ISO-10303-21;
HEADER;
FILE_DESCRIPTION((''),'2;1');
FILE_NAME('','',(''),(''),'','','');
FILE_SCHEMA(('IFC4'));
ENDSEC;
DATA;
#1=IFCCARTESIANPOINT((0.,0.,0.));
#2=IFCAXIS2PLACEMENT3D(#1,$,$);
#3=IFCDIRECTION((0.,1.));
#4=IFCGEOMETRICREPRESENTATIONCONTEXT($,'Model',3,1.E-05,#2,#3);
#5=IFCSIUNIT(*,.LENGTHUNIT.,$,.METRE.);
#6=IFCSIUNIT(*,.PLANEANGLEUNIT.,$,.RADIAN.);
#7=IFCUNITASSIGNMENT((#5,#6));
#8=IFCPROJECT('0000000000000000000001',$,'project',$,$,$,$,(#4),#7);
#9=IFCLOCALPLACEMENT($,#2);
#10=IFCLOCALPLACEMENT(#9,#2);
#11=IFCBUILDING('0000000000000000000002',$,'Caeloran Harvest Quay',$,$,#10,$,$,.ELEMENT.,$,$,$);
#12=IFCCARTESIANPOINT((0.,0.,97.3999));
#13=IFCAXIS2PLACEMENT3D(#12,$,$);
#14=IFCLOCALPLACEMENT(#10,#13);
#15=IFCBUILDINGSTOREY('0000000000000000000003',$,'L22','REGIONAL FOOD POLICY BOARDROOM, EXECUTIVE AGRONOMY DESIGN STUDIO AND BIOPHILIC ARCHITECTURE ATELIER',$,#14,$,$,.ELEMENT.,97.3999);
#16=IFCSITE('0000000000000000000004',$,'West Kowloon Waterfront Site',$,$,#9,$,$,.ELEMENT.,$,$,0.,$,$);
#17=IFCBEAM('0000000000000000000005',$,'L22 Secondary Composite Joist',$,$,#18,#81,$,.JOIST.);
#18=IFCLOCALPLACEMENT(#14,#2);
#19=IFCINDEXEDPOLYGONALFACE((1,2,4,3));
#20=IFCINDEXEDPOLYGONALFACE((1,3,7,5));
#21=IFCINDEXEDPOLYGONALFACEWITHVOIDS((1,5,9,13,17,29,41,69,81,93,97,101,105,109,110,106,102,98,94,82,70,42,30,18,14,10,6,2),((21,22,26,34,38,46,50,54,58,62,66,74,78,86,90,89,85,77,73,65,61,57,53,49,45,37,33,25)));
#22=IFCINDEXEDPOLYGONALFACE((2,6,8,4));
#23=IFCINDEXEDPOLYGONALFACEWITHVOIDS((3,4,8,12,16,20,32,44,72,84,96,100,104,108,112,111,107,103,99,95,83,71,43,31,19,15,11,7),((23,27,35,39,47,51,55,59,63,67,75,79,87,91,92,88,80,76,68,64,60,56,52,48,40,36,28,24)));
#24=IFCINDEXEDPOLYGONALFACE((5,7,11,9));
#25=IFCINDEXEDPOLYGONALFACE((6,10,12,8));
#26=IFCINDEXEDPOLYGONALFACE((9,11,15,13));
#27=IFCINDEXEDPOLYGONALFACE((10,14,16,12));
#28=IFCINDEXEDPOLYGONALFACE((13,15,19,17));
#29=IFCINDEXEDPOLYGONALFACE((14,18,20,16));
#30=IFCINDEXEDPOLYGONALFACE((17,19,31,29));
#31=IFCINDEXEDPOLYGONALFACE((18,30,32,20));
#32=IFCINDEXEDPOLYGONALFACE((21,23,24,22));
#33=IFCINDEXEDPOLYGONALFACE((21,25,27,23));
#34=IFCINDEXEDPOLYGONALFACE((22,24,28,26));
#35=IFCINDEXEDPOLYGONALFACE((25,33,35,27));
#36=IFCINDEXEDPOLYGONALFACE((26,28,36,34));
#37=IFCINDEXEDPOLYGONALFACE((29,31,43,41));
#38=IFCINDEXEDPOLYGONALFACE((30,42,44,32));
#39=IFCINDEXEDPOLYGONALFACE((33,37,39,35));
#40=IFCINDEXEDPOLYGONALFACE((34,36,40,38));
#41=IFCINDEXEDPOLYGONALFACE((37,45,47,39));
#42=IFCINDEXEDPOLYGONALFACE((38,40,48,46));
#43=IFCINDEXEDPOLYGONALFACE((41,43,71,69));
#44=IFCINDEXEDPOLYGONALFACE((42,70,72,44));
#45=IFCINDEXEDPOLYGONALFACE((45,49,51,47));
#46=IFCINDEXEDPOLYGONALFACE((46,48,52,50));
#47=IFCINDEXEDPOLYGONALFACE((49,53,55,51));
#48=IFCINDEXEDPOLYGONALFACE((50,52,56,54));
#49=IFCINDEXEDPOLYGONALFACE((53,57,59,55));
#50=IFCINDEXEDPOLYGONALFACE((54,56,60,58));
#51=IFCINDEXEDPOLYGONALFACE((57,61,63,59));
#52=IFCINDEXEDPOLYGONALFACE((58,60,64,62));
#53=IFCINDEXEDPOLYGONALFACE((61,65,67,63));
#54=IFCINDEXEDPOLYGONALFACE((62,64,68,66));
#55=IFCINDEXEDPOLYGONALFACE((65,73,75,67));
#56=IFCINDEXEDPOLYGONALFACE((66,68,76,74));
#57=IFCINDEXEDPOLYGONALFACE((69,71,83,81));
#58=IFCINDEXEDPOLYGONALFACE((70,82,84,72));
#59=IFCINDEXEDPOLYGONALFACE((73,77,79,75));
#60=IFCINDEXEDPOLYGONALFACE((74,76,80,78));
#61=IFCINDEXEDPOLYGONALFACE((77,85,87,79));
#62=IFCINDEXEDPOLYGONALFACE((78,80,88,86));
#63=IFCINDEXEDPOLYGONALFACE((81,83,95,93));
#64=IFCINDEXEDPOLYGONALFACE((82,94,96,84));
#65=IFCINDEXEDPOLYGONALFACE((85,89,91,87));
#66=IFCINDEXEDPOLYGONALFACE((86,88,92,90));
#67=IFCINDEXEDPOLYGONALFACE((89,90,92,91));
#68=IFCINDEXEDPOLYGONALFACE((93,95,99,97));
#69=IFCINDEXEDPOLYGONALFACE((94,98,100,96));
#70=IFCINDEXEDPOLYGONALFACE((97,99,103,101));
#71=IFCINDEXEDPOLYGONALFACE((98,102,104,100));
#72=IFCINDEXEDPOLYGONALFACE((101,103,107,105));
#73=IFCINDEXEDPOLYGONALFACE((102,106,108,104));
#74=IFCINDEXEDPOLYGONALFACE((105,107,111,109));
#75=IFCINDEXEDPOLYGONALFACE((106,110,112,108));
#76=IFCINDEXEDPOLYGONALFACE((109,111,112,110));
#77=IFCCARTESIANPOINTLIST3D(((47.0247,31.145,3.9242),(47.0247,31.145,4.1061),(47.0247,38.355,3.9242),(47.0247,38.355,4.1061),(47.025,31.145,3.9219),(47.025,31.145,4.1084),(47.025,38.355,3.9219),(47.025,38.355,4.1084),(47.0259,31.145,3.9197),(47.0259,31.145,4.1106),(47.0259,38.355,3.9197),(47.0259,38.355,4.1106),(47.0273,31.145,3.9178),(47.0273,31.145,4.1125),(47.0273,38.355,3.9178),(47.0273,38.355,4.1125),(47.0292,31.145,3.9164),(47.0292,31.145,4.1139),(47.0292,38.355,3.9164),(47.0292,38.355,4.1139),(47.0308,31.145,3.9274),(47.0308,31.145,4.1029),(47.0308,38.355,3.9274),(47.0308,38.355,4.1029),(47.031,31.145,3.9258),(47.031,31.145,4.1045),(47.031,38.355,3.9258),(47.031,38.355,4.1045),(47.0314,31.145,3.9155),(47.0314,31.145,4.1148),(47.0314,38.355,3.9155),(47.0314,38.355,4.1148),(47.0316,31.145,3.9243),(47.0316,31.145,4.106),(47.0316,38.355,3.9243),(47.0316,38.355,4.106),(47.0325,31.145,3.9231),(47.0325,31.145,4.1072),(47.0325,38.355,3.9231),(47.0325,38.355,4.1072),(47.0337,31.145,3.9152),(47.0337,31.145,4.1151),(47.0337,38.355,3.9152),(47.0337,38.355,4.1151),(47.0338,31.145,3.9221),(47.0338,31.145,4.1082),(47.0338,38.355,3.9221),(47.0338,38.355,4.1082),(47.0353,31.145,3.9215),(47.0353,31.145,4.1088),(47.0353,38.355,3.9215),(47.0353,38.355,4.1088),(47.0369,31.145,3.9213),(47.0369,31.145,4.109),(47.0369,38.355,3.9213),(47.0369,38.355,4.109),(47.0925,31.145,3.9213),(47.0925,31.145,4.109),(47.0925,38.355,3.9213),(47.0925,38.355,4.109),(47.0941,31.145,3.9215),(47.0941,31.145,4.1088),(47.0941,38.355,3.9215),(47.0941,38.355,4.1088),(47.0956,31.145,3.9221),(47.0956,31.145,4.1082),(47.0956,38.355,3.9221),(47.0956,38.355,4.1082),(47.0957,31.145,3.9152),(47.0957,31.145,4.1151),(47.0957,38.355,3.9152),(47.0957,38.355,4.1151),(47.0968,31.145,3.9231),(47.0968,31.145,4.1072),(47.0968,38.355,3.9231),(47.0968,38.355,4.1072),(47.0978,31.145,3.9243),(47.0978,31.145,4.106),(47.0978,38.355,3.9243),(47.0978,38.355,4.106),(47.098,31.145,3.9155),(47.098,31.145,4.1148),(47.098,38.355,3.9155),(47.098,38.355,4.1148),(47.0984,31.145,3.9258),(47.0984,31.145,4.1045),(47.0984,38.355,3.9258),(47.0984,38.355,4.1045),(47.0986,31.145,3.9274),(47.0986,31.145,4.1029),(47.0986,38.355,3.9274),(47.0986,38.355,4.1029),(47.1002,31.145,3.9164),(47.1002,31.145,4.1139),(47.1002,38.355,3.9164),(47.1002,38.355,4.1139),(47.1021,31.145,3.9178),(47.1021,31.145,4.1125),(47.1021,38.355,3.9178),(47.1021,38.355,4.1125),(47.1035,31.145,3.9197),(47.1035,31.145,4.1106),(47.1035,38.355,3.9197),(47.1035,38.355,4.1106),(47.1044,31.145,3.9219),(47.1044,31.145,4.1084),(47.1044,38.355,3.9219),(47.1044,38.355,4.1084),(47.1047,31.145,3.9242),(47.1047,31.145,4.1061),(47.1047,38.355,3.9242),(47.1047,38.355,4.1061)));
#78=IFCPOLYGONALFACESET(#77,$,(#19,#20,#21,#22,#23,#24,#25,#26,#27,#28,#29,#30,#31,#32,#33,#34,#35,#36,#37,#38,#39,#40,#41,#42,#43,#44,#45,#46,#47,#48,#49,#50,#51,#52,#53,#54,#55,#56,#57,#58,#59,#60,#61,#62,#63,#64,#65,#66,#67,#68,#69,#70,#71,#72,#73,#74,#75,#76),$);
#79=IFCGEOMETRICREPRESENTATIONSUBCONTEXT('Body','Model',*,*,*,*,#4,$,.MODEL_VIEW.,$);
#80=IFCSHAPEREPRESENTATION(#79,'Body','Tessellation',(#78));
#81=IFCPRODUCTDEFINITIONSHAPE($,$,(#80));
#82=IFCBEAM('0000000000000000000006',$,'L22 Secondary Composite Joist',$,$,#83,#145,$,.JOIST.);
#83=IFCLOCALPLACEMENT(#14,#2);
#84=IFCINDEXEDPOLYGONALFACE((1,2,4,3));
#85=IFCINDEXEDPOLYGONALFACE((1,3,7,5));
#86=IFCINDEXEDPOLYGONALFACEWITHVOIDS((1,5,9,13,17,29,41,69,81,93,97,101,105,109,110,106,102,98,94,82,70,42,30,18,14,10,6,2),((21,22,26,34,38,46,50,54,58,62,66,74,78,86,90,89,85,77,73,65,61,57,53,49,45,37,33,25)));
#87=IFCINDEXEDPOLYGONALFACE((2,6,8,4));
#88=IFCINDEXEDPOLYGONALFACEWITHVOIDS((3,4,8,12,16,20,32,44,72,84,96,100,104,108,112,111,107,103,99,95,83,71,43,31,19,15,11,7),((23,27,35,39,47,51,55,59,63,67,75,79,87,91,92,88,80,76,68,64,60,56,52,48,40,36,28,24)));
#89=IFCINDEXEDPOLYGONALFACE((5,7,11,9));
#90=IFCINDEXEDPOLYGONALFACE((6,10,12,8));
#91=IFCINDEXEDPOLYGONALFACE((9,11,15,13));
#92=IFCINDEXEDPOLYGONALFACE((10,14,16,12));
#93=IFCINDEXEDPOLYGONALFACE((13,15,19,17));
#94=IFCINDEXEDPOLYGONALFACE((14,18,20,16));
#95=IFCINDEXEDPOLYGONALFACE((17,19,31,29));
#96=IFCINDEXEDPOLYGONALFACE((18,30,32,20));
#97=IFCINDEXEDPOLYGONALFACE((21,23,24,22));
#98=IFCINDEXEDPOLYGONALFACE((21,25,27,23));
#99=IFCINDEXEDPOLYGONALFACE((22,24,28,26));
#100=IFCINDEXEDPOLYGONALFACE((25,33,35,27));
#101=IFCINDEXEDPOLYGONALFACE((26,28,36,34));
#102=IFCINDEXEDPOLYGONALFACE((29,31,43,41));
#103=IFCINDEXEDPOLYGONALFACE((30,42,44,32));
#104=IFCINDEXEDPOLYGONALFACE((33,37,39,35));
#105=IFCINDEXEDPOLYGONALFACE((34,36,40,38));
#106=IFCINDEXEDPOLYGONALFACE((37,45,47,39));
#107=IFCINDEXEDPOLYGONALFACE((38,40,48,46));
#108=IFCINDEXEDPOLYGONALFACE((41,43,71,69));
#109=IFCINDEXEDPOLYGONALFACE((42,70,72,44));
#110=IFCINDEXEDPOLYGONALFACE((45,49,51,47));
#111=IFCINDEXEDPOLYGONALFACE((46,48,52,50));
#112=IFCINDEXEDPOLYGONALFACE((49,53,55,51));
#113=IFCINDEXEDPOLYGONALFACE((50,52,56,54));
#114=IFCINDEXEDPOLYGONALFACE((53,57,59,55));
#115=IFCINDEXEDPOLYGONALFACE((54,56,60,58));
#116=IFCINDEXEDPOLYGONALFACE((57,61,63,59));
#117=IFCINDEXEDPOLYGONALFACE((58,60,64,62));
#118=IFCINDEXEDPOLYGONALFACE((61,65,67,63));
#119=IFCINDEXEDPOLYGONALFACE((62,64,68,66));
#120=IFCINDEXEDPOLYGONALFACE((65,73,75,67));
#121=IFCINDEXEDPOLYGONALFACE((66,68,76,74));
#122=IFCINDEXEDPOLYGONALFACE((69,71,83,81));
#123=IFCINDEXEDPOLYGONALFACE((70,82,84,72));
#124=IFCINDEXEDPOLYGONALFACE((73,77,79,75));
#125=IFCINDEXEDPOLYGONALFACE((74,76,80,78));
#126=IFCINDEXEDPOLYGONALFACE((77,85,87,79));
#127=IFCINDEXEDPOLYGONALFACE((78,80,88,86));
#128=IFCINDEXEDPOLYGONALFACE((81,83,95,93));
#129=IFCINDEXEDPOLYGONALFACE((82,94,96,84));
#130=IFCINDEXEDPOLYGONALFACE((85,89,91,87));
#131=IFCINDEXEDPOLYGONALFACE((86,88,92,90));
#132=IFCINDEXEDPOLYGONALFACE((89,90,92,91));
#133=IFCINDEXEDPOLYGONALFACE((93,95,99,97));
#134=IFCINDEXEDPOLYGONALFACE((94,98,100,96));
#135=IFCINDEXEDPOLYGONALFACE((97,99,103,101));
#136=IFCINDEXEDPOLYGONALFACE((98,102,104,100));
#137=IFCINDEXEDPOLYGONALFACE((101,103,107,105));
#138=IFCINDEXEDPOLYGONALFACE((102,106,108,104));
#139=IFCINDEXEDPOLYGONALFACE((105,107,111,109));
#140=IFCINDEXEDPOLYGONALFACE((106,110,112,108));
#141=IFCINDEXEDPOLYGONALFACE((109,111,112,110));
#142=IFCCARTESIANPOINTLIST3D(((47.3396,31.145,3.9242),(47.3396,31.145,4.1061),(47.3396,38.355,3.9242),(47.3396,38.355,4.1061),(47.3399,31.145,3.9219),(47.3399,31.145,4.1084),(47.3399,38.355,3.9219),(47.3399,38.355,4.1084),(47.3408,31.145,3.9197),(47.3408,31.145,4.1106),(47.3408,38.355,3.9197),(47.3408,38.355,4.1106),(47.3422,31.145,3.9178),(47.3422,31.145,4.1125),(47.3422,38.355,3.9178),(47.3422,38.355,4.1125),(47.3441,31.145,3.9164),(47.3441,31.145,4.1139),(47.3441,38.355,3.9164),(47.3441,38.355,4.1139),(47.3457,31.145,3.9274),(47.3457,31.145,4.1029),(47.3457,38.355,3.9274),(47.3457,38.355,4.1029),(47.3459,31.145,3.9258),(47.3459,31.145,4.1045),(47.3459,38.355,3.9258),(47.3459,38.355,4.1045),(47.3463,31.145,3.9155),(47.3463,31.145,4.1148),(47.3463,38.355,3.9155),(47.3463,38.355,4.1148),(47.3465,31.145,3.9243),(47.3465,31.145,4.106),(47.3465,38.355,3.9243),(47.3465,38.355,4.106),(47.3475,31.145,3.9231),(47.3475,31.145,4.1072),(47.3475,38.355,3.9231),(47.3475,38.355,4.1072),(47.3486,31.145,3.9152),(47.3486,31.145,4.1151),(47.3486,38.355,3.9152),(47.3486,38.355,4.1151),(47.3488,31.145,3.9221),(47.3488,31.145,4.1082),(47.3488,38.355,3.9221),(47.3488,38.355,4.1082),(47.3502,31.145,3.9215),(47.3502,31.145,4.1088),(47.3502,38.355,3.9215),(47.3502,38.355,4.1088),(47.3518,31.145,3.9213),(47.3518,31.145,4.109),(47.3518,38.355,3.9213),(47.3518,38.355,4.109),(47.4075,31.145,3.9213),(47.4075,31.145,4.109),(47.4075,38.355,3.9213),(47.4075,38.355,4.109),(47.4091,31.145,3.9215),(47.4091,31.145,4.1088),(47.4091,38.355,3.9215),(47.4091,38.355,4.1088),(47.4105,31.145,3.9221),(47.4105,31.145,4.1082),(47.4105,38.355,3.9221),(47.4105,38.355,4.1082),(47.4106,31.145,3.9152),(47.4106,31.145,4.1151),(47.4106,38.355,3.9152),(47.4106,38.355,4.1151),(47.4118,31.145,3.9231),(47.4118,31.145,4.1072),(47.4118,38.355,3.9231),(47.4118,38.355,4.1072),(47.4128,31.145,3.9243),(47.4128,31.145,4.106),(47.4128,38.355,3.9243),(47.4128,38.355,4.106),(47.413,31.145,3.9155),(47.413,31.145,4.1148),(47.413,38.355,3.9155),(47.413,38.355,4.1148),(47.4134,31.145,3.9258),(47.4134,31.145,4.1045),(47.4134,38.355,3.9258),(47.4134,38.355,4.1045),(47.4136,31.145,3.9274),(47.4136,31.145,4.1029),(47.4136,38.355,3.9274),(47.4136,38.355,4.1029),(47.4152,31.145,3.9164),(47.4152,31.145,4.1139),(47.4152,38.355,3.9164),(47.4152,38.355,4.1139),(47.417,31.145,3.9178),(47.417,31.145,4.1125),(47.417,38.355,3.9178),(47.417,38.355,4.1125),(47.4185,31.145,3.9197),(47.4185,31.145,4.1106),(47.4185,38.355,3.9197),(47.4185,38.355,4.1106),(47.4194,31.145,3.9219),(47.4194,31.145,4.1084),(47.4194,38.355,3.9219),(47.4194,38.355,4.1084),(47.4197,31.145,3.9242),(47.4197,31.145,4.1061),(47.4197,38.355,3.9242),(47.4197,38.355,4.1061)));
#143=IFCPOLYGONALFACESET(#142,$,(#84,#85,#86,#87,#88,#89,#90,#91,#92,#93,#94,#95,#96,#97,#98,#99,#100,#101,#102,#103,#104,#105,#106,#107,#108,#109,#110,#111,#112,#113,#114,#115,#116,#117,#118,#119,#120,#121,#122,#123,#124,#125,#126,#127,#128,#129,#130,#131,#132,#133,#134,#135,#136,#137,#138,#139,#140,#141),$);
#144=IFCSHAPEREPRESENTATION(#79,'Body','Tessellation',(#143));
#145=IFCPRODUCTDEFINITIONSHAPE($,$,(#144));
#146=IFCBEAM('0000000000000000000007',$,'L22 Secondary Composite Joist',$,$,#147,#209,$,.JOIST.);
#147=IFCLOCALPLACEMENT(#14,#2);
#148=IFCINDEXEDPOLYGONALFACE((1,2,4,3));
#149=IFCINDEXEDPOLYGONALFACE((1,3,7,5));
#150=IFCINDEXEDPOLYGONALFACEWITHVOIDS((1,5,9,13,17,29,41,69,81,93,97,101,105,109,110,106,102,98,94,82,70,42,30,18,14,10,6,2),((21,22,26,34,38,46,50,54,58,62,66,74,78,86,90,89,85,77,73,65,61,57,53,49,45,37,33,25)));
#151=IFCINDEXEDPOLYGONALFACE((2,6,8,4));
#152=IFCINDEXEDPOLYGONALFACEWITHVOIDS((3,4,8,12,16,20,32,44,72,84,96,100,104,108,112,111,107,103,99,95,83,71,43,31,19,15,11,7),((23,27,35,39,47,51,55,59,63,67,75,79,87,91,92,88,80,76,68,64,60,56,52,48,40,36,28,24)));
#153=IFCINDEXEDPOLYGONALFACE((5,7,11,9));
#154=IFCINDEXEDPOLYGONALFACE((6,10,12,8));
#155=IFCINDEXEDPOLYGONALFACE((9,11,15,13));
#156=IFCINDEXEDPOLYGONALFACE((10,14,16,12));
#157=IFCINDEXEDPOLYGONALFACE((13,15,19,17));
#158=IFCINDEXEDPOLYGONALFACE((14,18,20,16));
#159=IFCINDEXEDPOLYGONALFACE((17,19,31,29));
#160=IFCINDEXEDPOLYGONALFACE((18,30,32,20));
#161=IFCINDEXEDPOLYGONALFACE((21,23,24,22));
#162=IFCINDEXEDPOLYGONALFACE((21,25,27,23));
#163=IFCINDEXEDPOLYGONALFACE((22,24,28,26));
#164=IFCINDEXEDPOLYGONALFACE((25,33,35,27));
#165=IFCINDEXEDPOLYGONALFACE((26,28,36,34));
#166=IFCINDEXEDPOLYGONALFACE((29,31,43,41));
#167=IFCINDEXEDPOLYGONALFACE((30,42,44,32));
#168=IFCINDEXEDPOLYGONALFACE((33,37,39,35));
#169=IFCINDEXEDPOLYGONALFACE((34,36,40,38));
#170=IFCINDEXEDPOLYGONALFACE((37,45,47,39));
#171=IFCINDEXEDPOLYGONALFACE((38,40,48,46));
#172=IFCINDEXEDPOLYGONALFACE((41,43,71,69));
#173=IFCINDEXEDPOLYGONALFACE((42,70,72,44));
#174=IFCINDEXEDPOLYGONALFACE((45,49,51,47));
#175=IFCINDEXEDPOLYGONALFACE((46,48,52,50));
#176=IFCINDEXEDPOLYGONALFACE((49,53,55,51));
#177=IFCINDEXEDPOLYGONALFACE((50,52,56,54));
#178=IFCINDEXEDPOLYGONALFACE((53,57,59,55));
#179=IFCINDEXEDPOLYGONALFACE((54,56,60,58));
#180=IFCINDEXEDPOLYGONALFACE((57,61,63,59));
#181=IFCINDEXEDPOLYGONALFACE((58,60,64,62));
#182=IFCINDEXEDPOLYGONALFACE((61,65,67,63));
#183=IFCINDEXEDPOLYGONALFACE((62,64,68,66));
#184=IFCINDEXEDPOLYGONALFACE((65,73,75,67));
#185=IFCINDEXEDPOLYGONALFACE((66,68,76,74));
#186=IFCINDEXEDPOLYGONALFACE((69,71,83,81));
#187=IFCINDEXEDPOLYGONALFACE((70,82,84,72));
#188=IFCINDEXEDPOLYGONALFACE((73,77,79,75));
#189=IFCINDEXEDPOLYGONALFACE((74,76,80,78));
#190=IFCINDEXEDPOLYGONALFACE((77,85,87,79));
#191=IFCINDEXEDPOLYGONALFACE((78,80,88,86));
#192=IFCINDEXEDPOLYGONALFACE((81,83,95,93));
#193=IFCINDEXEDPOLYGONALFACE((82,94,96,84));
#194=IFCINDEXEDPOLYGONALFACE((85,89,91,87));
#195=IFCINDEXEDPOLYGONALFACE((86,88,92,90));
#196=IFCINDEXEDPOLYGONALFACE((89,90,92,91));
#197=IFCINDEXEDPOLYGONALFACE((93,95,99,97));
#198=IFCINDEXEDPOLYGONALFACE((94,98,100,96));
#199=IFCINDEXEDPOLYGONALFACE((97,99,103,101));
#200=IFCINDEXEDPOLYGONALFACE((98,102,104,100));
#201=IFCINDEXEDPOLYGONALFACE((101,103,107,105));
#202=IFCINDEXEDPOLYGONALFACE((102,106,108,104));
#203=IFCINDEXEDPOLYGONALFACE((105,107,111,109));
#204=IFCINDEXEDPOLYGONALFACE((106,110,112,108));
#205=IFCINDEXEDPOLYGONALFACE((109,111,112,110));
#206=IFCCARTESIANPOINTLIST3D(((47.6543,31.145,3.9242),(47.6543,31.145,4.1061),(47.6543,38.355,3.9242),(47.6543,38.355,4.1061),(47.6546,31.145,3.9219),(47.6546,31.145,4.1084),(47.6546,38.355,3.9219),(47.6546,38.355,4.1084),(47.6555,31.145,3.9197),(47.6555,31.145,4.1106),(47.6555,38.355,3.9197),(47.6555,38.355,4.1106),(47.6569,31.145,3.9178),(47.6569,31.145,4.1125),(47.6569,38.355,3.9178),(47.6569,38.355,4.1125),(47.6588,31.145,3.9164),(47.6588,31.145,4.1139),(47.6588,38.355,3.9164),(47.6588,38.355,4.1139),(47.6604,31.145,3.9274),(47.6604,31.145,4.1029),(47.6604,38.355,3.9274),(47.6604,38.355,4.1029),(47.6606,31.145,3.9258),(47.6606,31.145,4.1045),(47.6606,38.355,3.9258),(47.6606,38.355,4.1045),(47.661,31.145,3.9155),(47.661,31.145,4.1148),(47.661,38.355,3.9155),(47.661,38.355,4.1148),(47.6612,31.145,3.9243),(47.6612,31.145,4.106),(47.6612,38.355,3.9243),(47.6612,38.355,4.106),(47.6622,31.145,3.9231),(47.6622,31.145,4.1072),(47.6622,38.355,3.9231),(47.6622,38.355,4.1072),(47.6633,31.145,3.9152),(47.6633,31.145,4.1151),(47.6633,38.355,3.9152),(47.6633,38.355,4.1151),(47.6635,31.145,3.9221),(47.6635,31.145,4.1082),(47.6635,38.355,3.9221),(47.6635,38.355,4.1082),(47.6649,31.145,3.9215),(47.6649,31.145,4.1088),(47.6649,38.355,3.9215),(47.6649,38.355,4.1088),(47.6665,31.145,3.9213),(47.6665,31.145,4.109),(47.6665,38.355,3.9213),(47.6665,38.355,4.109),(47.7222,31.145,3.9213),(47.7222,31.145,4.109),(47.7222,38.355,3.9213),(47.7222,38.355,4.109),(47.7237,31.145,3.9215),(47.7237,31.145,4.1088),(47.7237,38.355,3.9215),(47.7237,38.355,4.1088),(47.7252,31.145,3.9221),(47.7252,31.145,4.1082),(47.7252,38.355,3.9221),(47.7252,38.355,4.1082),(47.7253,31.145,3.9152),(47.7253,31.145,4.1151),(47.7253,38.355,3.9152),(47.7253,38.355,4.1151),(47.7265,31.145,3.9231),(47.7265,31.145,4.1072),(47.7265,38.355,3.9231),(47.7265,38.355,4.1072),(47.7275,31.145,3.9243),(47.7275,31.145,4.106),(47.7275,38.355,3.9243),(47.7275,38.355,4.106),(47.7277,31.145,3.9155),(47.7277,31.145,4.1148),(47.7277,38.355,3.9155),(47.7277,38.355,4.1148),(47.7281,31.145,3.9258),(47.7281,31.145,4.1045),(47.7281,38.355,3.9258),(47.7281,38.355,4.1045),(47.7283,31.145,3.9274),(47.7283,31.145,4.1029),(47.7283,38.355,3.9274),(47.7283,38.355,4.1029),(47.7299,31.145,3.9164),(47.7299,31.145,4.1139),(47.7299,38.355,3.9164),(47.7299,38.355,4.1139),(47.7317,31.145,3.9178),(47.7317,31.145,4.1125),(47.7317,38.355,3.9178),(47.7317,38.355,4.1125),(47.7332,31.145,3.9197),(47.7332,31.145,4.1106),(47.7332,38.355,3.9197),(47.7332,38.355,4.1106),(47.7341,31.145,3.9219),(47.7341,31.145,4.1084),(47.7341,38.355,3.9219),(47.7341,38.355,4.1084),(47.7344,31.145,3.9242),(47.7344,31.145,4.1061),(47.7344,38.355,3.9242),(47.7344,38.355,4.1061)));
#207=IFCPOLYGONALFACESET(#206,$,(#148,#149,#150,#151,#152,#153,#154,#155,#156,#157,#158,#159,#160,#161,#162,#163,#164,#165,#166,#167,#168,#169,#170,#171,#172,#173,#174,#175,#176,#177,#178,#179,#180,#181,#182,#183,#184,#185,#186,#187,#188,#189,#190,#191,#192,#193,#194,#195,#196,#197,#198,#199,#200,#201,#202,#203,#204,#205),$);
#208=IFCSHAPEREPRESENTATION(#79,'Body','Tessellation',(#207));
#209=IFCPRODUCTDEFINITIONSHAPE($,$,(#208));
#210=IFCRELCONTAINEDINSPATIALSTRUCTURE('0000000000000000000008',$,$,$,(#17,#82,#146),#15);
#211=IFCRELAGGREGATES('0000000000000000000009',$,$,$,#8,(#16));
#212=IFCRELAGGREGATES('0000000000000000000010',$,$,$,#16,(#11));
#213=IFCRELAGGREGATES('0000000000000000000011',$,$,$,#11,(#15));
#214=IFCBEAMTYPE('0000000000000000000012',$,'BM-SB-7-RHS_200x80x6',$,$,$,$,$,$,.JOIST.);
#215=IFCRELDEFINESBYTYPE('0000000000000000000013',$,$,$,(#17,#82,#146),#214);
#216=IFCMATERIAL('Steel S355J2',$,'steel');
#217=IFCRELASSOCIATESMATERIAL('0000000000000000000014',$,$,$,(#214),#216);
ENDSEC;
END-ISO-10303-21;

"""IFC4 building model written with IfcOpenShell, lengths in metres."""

from ifc_helpers import new_model, si_unit, direction, frame, origin, origin_2d, place, context, subcontext, project, spatial, hollow_rectangle, extrude, material, material_profile, profile_set, type_object, element, save


model = new_model("IFC4")

# Units and contexts
model_context = context("Model", 3, precision=1e-05, world=origin(), true_north=direction((0.0, 1.0)))
body_context = subcontext(model_context, "Body", "Model", "MODEL_VIEW")
ifc_project = project(units=[si_unit("LENGTHUNIT", "METRE"), si_unit("PLANEANGLEUNIT", "RADIAN")], contexts=[model_context])

# Site, building, storey
site_placement = place(None, origin())
site = spatial("IfcSite", under=ifc_project, at=site_placement, Name="West Kowloon Waterfront Site", CompositionType="ELEMENT", RefElevation=0.0)
building_placement = place(site_placement, origin())
building = spatial("IfcBuilding", under=site, at=building_placement, Name="Caeloran Harvest Quay", CompositionType="ELEMENT")
storey_placement = place(building_placement, frame((0.0, 0.0, 97.3999)))
storey = spatial("IfcBuildingStorey", under=building, at=storey_placement, Name="L22", Description="REGIONAL FOOD POLICY BOARDROOM, EXECUTIVE AGRONOMY DESIGN STUDIO AND BIOPHILIC ARCHITECTURE ATELIER", CompositionType="ELEMENT", Elevation=97.3999)

# Beams
ifc_material_1 = material(Name="Steel S355J2", Category="steel")
ifc_material_profile_1 = material_profile(ifc_material_1, hollow_rectangle(XDim=0.0801, YDim=0.2, WallThickness=0.0061, InnerFilletRadius=0.0061, OuterFilletRadius=0.009, at=origin_2d()), Name="RHS 200x80x6")
ifc_profile_set_1 = profile_set([ifc_material_profile_1], Name="Steel S355J2")
beam_type_1 = type_object("IfcBeamType", Name="BM-SB-7-RHS_200x80x6", PredefinedType="JOIST", material=ifc_profile_set_1)
for number, where, z_axis, x_axis, name in (
    (1, (47.0647, 31.145, 4.0151), (0.0, 1.0, 0.0), (-1.0, 0.0, 0.0), "L22 Secondary Composite Joist"),
    (2, (47.3796, 31.145, 4.0151), (0.0, 1.0, 0.0), (-1.0, 0.0, 0.0), "L22 Secondary Composite Joist"),
    (3, (47.6943, 31.145, 4.0151), (0.0, 1.0, 0.0), (-1.0, 0.0, 0.0), "L22 Secondary Composite Joist"),
):
    element("IfcBeam", number, at=place(storey_placement, frame(where, z_axis=z_axis, x_axis=x_axis)), inside=storey, type_object=beam_type_1, Name=name, PredefinedType="JOIST", context=body_context, shape_type="SweptSolid", body=[
        extrude(hollow_rectangle(XDim=0.0801, YDim=0.2, WallThickness=0.0061, InnerFilletRadius=0.0061, OuterFilletRadius=0.009, at=origin_2d()), origin(), (0.0, 0.0, 1.0), 7.21),
    ])

save(model, "model.ifc")
